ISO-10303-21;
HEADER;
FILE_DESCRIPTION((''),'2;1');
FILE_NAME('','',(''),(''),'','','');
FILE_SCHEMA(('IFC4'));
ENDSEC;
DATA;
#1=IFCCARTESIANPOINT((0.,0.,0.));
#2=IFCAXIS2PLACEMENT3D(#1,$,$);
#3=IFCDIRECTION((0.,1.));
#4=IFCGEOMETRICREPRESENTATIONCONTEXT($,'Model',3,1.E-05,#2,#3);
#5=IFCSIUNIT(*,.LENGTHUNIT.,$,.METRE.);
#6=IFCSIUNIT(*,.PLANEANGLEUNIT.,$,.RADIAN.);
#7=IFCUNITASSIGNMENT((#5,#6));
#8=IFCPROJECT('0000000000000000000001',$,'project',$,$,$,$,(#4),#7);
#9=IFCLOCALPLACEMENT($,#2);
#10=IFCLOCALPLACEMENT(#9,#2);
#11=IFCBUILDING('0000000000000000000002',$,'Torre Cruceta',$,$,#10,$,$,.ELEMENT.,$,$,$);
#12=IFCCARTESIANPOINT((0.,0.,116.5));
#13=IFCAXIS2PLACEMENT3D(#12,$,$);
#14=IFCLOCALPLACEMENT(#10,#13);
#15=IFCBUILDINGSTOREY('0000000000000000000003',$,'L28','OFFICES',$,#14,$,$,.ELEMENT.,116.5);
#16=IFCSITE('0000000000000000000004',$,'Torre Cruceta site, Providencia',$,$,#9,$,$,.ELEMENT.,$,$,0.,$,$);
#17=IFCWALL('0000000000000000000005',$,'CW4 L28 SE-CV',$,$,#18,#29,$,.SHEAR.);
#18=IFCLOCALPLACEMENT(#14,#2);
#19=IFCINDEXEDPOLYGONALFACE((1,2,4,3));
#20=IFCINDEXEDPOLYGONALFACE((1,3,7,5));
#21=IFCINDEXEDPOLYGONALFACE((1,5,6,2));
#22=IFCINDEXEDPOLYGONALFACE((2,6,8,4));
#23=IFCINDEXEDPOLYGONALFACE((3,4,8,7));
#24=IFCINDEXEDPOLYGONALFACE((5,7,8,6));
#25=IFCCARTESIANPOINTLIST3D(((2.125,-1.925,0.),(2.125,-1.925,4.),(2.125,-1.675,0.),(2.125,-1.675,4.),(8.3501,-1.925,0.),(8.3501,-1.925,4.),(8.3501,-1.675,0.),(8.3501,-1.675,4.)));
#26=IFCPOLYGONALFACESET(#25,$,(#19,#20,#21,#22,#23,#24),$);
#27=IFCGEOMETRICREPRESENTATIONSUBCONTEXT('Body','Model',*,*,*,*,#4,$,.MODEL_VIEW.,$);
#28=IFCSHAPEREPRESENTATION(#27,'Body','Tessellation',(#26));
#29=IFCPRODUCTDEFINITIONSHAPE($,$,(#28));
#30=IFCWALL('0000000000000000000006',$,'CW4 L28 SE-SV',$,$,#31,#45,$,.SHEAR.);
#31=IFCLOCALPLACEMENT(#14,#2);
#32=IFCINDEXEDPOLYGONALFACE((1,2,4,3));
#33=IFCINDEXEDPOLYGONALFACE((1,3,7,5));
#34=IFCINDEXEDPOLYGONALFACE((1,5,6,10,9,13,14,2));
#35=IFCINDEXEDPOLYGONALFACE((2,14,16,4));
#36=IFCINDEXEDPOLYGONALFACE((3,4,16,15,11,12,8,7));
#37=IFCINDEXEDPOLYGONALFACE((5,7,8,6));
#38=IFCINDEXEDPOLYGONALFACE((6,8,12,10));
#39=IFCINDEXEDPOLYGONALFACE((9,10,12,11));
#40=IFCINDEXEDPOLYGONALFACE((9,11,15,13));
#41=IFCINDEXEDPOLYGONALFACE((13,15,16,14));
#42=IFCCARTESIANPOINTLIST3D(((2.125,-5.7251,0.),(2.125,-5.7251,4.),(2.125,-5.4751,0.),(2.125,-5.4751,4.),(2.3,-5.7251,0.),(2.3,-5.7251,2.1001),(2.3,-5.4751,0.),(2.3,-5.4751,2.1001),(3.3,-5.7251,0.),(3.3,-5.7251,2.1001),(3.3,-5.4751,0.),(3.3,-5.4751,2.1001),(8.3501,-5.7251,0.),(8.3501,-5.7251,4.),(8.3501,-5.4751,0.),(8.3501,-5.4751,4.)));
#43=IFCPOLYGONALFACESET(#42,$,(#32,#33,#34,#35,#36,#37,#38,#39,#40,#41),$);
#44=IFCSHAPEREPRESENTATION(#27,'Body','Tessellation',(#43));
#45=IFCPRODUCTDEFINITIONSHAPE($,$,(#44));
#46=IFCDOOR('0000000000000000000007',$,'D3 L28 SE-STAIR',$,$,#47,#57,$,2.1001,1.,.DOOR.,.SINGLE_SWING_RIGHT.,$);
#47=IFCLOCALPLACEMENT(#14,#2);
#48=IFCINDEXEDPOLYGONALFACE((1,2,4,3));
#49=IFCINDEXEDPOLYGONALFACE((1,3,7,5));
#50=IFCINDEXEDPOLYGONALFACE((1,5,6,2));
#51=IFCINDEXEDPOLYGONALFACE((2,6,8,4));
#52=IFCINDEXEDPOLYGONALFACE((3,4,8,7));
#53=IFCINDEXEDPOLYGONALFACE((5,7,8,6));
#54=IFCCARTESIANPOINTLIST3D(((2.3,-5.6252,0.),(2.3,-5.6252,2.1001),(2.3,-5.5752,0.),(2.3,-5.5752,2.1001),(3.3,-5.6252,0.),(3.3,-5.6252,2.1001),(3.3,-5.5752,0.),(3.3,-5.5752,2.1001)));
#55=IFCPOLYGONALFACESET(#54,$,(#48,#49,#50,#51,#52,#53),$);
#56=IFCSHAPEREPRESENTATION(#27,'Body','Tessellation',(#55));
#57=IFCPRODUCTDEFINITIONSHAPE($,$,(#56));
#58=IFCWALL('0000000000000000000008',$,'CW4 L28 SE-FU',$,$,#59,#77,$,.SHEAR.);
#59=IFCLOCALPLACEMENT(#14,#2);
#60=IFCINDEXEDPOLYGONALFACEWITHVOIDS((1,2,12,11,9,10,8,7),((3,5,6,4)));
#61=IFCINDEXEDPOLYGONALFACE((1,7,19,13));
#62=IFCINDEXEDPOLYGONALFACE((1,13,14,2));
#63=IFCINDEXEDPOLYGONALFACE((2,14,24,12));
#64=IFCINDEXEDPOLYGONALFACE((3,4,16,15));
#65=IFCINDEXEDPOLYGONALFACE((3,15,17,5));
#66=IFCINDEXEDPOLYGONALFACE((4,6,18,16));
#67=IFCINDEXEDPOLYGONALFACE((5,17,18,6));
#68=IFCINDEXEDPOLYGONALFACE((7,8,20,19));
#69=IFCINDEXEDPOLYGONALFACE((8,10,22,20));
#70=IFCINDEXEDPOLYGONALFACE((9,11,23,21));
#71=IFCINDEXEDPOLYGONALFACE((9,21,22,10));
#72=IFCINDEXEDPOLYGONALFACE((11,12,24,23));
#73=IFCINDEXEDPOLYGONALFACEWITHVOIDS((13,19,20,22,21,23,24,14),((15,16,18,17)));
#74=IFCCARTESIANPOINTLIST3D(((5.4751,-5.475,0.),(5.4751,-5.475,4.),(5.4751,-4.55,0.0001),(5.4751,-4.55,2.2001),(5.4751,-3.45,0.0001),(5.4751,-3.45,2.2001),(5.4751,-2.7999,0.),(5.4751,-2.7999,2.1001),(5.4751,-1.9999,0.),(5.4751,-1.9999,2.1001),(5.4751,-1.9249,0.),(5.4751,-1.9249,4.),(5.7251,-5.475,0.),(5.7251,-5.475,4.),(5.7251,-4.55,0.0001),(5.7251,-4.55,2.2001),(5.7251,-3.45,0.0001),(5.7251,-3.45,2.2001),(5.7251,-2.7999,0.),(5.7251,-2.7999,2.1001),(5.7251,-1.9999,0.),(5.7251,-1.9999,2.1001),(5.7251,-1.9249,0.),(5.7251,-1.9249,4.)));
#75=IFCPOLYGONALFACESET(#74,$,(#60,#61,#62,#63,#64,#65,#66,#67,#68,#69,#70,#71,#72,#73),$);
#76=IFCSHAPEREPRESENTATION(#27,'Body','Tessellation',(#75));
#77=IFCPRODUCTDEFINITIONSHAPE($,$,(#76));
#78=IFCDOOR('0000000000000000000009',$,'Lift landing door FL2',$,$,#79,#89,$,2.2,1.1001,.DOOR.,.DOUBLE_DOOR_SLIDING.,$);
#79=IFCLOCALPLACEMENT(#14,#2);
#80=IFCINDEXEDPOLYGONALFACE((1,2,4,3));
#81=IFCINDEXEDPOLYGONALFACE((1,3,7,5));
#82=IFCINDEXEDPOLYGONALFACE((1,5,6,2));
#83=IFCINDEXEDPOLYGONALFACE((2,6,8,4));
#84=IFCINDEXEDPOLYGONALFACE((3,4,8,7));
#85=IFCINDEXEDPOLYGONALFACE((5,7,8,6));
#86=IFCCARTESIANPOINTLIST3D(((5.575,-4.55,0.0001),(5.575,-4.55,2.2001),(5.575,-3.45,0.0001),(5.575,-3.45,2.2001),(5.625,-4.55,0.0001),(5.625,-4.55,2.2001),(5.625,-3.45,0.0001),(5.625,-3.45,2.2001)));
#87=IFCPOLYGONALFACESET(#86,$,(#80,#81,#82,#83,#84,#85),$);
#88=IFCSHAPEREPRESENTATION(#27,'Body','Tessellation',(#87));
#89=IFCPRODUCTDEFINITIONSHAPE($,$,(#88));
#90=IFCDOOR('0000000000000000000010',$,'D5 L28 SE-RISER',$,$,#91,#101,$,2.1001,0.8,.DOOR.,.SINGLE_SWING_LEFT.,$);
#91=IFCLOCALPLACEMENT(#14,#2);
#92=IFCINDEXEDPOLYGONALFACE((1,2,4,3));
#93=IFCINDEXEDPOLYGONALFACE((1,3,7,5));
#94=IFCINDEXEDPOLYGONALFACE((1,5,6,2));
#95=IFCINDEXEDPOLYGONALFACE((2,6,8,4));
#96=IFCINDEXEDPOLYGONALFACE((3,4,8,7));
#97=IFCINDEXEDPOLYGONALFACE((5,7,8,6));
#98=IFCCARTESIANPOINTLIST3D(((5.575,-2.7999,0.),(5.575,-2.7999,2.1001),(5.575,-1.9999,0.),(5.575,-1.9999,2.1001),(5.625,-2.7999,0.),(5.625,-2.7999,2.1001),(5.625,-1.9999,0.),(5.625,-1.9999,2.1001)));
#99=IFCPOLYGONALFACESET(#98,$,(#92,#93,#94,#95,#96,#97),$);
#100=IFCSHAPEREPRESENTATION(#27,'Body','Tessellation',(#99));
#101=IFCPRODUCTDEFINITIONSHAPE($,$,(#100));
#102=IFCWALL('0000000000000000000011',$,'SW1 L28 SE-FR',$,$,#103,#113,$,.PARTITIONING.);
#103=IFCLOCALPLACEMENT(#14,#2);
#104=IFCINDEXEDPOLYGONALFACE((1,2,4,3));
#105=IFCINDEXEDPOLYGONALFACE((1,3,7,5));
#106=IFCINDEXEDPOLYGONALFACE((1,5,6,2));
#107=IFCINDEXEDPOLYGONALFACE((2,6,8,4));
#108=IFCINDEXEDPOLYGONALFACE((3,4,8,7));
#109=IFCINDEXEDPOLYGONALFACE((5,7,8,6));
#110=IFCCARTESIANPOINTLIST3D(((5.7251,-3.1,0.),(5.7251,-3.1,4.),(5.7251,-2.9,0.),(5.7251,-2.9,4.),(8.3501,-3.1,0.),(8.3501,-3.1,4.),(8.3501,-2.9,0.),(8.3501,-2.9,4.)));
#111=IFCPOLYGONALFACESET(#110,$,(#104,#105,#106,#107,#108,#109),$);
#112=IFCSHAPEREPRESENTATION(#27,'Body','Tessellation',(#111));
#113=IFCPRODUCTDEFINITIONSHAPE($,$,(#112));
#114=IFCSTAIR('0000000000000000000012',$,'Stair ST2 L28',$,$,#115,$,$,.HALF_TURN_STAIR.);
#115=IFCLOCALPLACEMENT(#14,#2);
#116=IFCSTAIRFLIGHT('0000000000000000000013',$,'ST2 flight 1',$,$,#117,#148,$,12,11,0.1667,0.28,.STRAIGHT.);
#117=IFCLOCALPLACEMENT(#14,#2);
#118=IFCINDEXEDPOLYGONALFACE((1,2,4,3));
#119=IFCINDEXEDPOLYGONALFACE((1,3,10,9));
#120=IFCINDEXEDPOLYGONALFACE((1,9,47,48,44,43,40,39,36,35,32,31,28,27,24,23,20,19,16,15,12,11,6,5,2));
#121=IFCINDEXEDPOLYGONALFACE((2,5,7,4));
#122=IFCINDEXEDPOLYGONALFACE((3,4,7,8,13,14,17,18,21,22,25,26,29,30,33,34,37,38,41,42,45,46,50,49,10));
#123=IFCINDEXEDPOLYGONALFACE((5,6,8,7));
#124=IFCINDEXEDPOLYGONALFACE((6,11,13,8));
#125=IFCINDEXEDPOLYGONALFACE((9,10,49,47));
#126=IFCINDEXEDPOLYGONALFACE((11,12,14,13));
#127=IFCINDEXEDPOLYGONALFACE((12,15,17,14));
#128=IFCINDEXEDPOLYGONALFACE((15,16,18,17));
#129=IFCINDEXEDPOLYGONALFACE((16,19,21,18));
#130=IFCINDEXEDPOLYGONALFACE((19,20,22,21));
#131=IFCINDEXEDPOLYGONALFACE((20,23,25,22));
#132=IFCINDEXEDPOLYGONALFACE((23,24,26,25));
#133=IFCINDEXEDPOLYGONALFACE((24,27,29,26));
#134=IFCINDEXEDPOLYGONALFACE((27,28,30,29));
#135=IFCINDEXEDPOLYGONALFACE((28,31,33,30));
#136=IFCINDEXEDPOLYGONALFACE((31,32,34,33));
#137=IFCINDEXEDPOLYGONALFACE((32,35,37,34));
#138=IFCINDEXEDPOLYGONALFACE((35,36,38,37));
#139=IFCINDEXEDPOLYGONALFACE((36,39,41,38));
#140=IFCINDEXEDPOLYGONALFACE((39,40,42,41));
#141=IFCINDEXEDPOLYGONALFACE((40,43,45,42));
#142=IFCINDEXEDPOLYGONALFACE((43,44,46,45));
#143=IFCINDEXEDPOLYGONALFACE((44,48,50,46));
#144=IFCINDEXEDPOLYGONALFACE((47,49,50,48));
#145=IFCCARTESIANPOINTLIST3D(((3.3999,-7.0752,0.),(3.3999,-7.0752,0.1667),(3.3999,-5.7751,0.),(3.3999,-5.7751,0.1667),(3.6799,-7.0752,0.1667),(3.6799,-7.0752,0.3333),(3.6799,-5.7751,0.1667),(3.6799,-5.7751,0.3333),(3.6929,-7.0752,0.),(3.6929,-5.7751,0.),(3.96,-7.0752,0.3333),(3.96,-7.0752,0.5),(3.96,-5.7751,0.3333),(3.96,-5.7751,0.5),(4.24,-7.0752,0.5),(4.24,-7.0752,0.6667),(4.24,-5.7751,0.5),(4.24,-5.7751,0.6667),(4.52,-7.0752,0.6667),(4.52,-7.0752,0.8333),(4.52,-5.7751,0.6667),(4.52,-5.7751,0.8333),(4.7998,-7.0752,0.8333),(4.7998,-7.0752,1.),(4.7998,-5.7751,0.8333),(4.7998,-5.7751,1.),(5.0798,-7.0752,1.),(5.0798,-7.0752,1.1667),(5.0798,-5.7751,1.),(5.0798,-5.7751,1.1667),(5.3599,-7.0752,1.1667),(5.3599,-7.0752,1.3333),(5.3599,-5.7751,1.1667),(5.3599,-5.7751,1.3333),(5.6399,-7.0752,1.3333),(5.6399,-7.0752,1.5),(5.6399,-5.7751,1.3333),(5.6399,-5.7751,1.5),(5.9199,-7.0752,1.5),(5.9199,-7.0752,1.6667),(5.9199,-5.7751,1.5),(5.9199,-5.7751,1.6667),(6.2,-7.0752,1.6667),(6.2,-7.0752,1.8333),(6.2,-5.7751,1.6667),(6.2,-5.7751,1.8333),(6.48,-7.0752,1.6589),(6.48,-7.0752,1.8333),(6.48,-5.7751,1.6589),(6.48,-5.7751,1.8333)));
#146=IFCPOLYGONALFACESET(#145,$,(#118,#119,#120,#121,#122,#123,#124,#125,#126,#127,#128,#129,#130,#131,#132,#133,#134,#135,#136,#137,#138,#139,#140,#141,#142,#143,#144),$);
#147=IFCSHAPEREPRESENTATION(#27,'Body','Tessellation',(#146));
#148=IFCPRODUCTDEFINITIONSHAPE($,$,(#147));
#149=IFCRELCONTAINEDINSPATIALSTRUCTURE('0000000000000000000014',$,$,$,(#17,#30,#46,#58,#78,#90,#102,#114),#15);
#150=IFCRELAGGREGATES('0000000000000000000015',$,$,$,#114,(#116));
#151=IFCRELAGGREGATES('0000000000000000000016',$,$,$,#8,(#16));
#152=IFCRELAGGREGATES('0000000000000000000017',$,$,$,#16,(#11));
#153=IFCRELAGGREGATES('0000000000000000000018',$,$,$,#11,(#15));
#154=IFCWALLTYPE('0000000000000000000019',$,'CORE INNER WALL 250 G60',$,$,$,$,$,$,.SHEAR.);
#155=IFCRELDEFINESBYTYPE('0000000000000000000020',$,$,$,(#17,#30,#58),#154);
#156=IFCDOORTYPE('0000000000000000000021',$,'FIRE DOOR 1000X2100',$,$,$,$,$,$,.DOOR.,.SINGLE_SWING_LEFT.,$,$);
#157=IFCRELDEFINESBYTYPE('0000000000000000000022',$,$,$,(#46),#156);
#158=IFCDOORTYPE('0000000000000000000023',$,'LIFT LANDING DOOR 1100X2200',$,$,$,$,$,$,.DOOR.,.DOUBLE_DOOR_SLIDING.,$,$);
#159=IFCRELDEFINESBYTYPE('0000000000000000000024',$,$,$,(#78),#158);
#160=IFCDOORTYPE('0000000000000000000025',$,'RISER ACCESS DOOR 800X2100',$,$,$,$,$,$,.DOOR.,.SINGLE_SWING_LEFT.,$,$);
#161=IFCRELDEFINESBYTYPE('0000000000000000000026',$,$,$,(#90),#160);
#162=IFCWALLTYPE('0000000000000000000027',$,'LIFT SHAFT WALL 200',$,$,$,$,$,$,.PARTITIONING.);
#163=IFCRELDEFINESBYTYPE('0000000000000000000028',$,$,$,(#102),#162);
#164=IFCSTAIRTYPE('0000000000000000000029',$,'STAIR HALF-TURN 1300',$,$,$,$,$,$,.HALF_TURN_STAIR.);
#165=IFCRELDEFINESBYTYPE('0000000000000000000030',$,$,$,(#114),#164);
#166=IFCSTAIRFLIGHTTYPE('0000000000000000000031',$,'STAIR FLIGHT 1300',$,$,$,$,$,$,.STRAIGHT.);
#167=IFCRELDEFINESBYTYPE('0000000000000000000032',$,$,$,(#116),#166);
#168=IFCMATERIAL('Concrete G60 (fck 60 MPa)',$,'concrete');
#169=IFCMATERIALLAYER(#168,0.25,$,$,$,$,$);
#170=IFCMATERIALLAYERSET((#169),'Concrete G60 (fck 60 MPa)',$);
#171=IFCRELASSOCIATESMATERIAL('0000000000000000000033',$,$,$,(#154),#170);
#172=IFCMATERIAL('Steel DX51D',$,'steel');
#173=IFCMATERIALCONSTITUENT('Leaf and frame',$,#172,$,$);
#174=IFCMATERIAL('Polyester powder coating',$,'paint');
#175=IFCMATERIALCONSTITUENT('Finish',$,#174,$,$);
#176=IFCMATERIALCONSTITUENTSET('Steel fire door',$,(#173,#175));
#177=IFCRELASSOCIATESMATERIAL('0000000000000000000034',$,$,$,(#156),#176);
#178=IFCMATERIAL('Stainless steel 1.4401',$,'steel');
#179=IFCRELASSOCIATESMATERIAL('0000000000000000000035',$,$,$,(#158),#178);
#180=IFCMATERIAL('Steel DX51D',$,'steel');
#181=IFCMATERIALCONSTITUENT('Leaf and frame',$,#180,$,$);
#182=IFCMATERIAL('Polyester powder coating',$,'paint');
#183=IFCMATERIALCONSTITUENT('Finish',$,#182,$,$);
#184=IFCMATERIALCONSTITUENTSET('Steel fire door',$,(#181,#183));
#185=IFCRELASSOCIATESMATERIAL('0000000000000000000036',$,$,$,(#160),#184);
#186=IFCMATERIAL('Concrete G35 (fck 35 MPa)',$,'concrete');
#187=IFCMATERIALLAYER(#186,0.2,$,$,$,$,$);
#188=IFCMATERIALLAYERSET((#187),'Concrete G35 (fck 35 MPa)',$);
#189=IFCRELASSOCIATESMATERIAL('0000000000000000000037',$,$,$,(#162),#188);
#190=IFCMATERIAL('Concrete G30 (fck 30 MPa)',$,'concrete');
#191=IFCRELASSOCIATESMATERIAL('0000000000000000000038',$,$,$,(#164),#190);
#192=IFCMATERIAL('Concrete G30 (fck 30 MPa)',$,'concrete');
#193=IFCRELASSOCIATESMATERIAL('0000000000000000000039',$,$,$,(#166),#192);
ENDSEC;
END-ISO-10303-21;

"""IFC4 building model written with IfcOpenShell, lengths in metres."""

from ifc_helpers import new_model, si_unit, direction, frame, frame_2d, origin, place, context, subcontext, project, spatial, polyline, rectangle, outline, extrude, material, layer, layer_set, constituent, constituent_set, type_object, element, fill, aggregate, save


model = new_model("IFC4")

# Units and contexts
model_context = context("Model", 3, precision=1e-05, world=origin(), true_north=direction((0.0, 1.0)))
body_context = subcontext(model_context, "Body", "Model", "MODEL_VIEW")
ifc_project = project(units=[si_unit("LENGTHUNIT", "METRE"), si_unit("PLANEANGLEUNIT", "RADIAN")], contexts=[model_context])

# Site, building, storey
site_placement = place(None, origin())
site = spatial("IfcSite", under=ifc_project, at=site_placement, Name="Torre Cruceta site, Providencia", CompositionType="ELEMENT", RefElevation=0.0)
building_placement = place(site_placement, origin())
building = spatial("IfcBuilding", under=site, at=building_placement, Name="Torre Cruceta", CompositionType="ELEMENT")
storey_placement = place(building_placement, frame((0.0, 0.0, 116.5)))
storey = spatial("IfcBuildingStorey", under=building, at=storey_placement, Name="L28", Description="OFFICES", CompositionType="ELEMENT", Elevation=116.5)

# Shared definitions
ifc_material_1 = material(Name="Concrete G60 (fck 60 MPa)", Category="concrete")
ifc_layer_1 = layer(ifc_material_1, 0.25)
ifc_layer_set_1 = layer_set([ifc_layer_1], Name="Concrete G60 (fck 60 MPa)")
wall_type_1 = type_object("IfcWallType", Name="CORE INNER WALL 250 G60", PredefinedType="SHEAR", material=ifc_layer_set_1)
ifc_material_2 = material(Name="Steel DX51D", Category="steel")
ifc_constituent_1 = constituent(ifc_material_2, Name="Leaf and frame")
ifc_material_3 = material(Name="Polyester powder coating", Category="paint")
ifc_constituent_2 = constituent(ifc_material_3, Name="Finish")
ifc_constituent_set_1 = constituent_set(constituents=[ifc_constituent_1, ifc_constituent_2], Name="Steel fire door")
door_type_1 = type_object("IfcDoorType", Name="FIRE DOOR 1000X2100", OperationType="SINGLE_SWING_LEFT", PredefinedType="DOOR", material=ifc_constituent_set_1)

# Wall
wall_1_placement = place(storey_placement, frame((2.125, -1.8, 0.0), z_axis=(0.0, 0.0, 1.0), x_axis=(1.0, 0.0, 0.0)))
element("IfcWall", 1, at=wall_1_placement, inside=storey, type_object=wall_type_1, Name="CW4 L28 SE-CV", PredefinedType="SHEAR", context=body_context, shape_type="SweptSolid", body=[
    extrude(rectangle(XDim=6.2251, YDim=0.25, at=frame_2d((3.1125, 0.0))), origin(), (0.0, 0.0, 1.0), 4.0),
])

# Wall, opening, door
wall_2_placement = place(storey_placement, frame((2.125, -5.6001, 0.0), z_axis=(0.0, 0.0, 1.0), x_axis=(1.0, 0.0, 0.0)))
wall_2 = element("IfcWall", 2, at=wall_2_placement, inside=storey, type_object=wall_type_1, Name="CW4 L28 SE-SV", PredefinedType="SHEAR", context=body_context, shape_type="SweptSolid", body=[
    extrude(rectangle(XDim=6.2251, YDim=0.25, at=frame_2d((3.1125, 0.0))), origin(), (0.0, 0.0, 1.0), 4.0),
])
opening_1_placement = place(wall_2_placement, frame((0.175, 0.0, 0.0)))
opening_1 = element("IfcOpeningElement", 3, at=opening_1_placement, cuts=wall_2, PredefinedType="OPENING", context=body_context, shape_type="SweptSolid", body=[
    extrude(rectangle(XDim=1.0, YDim=2.1001, at=frame_2d((0.5, 1.05))), frame((0.0, 0.135, 0.0), z_axis=(0.0, -1.0, 0.0), x_axis=(1.0, 0.0, 0.0)), (0.0, 0.0, 1.0), 0.27),
])
door_1_placement = place(opening_1_placement, frame((1.0, 0.0, 0.0), z_axis=(0.0, 0.0, 1.0), x_axis=(-1.0, 0.0, 0.0)))
door_1 = element("IfcDoor", 4, at=door_1_placement, inside=storey, type_object=door_type_1, Name="D3 L28 SE-STAIR", OperationType="SINGLE_SWING_RIGHT", OverallHeight=2.1001, OverallWidth=1.0, PredefinedType="DOOR", context=body_context, shape_type="SweptSolid", body=[
    extrude(rectangle(XDim=1.0, YDim=2.1001, at=frame_2d((0.5, 1.05))), frame((0.0, 0.0251, 0.0), z_axis=(0.0, -1.0, 0.0), x_axis=(1.0, 0.0, 0.0)), (0.0, 0.0, 1.0), 0.05),
])
fill(opening_1, door_1)

# Wall, openings, doors
wall_3_placement = place(storey_placement, frame((5.6001, -1.925, 0.0), z_axis=(0.0, 0.0, 1.0), x_axis=(0.0, -1.0, 0.0)))
wall_3 = element("IfcWall", 5, at=wall_3_placement, inside=storey, type_object=wall_type_1, Name="CW4 L28 SE-FU", PredefinedType="SHEAR", context=body_context, shape_type="SweptSolid", body=[
    extrude(rectangle(XDim=3.55, YDim=0.25, at=frame_2d((1.7749, 0.0))), origin(), (0.0, 0.0, 1.0), 4.0),
])
opening_2_placement = place(wall_3_placement, frame((1.5249, 0.0, 0.0)))
opening_2 = element("IfcOpeningElement", 6, at=opening_2_placement, cuts=wall_3, PredefinedType="OPENING", context=body_context, shape_type="SweptSolid", body=[
    extrude(rectangle(XDim=1.1001, YDim=2.2, at=frame_2d((0.55, 1.1001))), frame((0.0, 0.135, 0.0), z_axis=(0.0, -1.0, 0.0), x_axis=(1.0, 0.0, 0.0)), (0.0, 0.0, 1.0), 0.27),
])
opening_3_placement = place(wall_3_placement, frame((0.075, 0.0, 0.0)))
opening_3 = element("IfcOpeningElement", 7, at=opening_3_placement, cuts=wall_3, PredefinedType="OPENING", context=body_context, shape_type="SweptSolid", body=[
    extrude(rectangle(XDim=0.8, YDim=2.1001, at=frame_2d((0.3999, 1.05))), frame((0.0, 0.135, 0.0), z_axis=(0.0, -1.0, 0.0), x_axis=(1.0, 0.0, 0.0)), (0.0, 0.0, 1.0), 0.27),
])
ifc_material_4 = material(Name="Stainless steel 1.4401", Category="steel")
door_type_2 = type_object("IfcDoorType", Name="LIFT LANDING DOOR 1100X2200", OperationType="DOUBLE_DOOR_SLIDING", PredefinedType="DOOR", material=ifc_material_4)
door_2_placement = place(opening_2_placement, origin())
door_2 = element("IfcDoor", 8, at=door_2_placement, inside=storey, type_object=door_type_2, Name="Lift landing door FL2", OperationType="DOUBLE_DOOR_SLIDING", OverallHeight=2.2, OverallWidth=1.1001, PredefinedType="DOOR", context=body_context, shape_type="SweptSolid", body=[
    extrude(rectangle(XDim=1.1001, YDim=2.2, at=frame_2d((0.55, 1.1001))), frame((0.0, 0.0249, 0.0), z_axis=(0.0, -1.0, 0.0), x_axis=(1.0, 0.0, 0.0)), (0.0, 0.0, 1.0), 0.05),
])
fill(opening_2, door_2)
ifc_material_5 = material(Name="Steel DX51D", Category="steel")
ifc_constituent_3 = constituent(ifc_material_5, Name="Leaf and frame")
ifc_material_6 = material(Name="Polyester powder coating", Category="paint")
ifc_constituent_4 = constituent(ifc_material_6, Name="Finish")
ifc_constituent_set_2 = constituent_set(constituents=[ifc_constituent_3, ifc_constituent_4], Name="Steel fire door")
door_type_3 = type_object("IfcDoorType", Name="RISER ACCESS DOOR 800X2100", OperationType="SINGLE_SWING_LEFT", PredefinedType="DOOR", material=ifc_constituent_set_2)
door_3_placement = place(opening_3_placement, origin())
door_3 = element("IfcDoor", 9, at=door_3_placement, inside=storey, type_object=door_type_3, Name="D5 L28 SE-RISER", OperationType="SINGLE_SWING_LEFT", OverallHeight=2.1001, OverallWidth=0.8, PredefinedType="DOOR", context=body_context, shape_type="SweptSolid", body=[
    extrude(rectangle(XDim=0.8, YDim=2.1001, at=frame_2d((0.3999, 1.05))), frame((0.0, 0.0249, 0.0), z_axis=(0.0, -1.0, 0.0), x_axis=(1.0, 0.0, 0.0)), (0.0, 0.0, 1.0), 0.05),
])
fill(opening_3, door_3)

# Wall
ifc_material_7 = material(Name="Concrete G35 (fck 35 MPa)", Category="concrete")
ifc_layer_2 = layer(ifc_material_7, 0.2)
ifc_layer_set_2 = layer_set([ifc_layer_2], Name="Concrete G35 (fck 35 MPa)")
wall_type_2 = type_object("IfcWallType", Name="LIFT SHAFT WALL 200", PredefinedType="PARTITIONING", material=ifc_layer_set_2)
wall_4_placement = place(storey_placement, frame((5.7251, -3.0, 0.0), z_axis=(0.0, 0.0, 1.0), x_axis=(1.0, 0.0, 0.0)))
element("IfcWall", 10, at=wall_4_placement, inside=storey, type_object=wall_type_2, Name="SW1 L28 SE-FR", PredefinedType="PARTITIONING", context=body_context, shape_type="SweptSolid", body=[
    extrude(rectangle(XDim=2.625, YDim=0.2, at=frame_2d((1.3125, 0.0))), origin(), (0.0, 0.0, 1.0), 4.0),
])

# Stair, stair flight
ifc_material_8 = material(Name="Concrete G30 (fck 30 MPa)", Category="concrete")
stair_type = type_object("IfcStairType", Name="STAIR HALF-TURN 1300", PredefinedType="HALF_TURN_STAIR", material=ifc_material_8)
stair_placement = place(storey_placement, origin())
stair = element("IfcStair", 11, at=stair_placement, inside=storey, type_object=stair_type, Name="Stair ST2 L28", PredefinedType="HALF_TURN_STAIR")
ifc_material_9 = material(Name="Concrete G30 (fck 30 MPa)", Category="concrete")
stair_flight_type = type_object("IfcStairFlightType", Name="STAIR FLIGHT 1300", PredefinedType="STRAIGHT", material=ifc_material_9)
stair_flight_1_placement = place(storey_placement, frame((3.3999, -6.425, 0.0), z_axis=(0.0, 0.0, 1.0), x_axis=(1.0, 0.0, 0.0)))
stair_flight_1 = element("IfcStairFlight", 12, at=stair_flight_1_placement, type_object=stair_flight_type, Name="ST2 flight 1", NumberOfRisers=12, NumberOfTreads=11, PredefinedType="STRAIGHT", RiserHeight=0.1667, TreadLength=0.28, context=body_context, shape_type="SweptSolid", body=[
    extrude(outline(polyline([(0.0, 0.0), (0.0, 0.1667), (0.28, 0.1667), (0.28, 0.3333), (0.5601, 0.3333), (0.5601, 0.5), (0.8401, 0.5), (0.8401, 0.6667), (1.1201, 0.6667), (1.1201, 0.8333), (1.3999, 0.8333), (1.3999, 1.0), (1.6799, 1.0), (1.6799, 1.1667), (1.96, 1.1667), (1.96, 1.3333), (2.24, 1.3333), (2.24, 1.5), (2.52, 1.5), (2.52, 1.6667), (2.8, 1.6667), (2.8, 1.8333), (3.0801, 1.8333), (3.0801, 2.0), (3.0801, 1.6589), (0.293, 0.0), (0.0, 0.0)])), frame((0.0, 0.6499, 0.0), z_axis=(0.0, -1.0, 0.0), x_axis=(1.0, 0.0, 0.0)), (0.0, 0.0, 1.0), 1.3),
])
aggregate(stair, [stair_flight_1])

save(model, "model.ifc")
